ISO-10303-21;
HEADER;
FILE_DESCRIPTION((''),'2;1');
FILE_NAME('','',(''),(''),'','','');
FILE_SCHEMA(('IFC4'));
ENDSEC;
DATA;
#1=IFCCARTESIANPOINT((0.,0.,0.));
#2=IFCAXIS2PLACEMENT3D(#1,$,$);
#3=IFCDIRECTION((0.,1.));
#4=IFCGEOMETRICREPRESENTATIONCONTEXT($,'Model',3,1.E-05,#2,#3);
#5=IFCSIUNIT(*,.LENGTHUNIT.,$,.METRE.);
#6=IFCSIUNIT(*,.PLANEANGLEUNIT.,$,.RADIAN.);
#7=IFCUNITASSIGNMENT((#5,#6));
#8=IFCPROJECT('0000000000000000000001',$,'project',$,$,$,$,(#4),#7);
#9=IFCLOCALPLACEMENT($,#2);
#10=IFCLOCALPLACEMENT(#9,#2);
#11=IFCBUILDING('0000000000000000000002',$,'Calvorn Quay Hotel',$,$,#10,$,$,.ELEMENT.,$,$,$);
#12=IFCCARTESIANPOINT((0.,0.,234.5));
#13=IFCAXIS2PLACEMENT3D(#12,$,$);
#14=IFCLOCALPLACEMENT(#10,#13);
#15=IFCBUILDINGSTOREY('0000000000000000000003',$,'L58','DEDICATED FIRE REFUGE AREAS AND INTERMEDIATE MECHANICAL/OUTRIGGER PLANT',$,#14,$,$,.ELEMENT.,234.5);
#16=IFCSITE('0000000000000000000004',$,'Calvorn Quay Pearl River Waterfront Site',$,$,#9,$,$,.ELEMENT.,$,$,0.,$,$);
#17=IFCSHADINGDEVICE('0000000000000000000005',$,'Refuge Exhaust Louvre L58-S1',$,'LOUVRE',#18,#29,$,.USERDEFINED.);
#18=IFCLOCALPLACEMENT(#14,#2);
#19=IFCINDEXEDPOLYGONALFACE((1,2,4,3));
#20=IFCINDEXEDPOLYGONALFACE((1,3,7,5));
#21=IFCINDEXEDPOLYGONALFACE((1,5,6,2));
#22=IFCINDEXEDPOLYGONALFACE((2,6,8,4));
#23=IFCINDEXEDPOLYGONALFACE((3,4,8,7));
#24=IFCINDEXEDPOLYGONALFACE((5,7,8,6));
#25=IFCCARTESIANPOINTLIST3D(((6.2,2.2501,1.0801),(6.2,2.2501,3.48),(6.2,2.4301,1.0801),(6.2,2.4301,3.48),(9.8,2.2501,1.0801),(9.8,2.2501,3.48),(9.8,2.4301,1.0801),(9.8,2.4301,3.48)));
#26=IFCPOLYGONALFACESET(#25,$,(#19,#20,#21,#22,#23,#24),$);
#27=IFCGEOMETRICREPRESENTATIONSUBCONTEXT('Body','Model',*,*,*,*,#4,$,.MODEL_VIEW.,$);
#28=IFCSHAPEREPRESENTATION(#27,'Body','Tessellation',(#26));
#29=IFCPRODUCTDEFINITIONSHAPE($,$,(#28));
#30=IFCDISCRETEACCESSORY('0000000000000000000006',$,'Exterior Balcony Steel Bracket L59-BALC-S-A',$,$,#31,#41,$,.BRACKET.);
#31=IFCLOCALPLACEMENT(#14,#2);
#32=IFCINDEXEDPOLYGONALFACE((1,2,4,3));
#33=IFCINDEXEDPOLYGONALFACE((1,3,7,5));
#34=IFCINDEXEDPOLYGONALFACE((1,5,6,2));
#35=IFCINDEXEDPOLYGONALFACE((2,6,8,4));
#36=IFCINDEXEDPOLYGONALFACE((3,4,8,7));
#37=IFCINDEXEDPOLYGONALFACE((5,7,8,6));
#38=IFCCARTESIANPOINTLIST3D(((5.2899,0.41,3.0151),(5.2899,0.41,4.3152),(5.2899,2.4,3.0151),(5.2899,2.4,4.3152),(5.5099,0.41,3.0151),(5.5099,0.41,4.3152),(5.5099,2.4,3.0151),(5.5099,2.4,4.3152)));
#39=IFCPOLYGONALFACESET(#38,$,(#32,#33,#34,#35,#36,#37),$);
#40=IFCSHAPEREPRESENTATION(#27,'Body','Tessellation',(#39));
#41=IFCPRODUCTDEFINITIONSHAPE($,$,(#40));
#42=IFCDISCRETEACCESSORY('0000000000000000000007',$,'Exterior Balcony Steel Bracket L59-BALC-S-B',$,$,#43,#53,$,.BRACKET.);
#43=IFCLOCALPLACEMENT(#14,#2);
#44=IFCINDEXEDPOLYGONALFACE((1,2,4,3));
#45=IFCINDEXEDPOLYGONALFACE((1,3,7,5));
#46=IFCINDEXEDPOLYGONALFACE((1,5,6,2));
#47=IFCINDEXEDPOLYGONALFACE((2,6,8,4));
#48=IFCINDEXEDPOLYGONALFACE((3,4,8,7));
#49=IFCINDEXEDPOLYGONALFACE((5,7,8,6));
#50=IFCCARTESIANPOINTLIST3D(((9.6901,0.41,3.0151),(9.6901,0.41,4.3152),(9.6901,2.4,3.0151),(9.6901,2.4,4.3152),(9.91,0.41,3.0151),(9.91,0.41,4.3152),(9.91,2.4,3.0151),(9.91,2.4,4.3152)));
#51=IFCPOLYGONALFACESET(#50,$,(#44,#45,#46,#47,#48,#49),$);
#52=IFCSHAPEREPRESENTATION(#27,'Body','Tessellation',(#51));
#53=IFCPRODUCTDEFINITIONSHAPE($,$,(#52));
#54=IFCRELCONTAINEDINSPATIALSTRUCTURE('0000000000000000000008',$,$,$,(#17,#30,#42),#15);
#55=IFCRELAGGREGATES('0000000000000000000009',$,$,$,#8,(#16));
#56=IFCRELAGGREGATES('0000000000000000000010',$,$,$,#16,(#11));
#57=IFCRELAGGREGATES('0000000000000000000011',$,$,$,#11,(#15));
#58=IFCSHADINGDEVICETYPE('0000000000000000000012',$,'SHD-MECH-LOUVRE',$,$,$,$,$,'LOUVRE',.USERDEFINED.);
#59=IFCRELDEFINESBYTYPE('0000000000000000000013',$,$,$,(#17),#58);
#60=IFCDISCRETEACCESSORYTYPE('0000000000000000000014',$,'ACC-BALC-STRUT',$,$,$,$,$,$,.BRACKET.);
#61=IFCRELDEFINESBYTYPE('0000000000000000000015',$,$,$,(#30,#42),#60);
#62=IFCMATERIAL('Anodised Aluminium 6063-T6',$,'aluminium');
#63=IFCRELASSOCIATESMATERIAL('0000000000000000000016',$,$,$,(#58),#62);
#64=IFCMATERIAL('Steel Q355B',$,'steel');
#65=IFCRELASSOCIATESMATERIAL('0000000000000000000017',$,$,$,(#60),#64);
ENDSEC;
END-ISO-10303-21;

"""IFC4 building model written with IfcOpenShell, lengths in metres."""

from ifc_helpers import new_model, si_unit, direction, frame, origin, origin_2d, place, context, subcontext, project, spatial, rectangle, extrude, material, type_object, element, save


model = new_model("IFC4")

# Units and contexts
model_context = context("Model", 3, precision=1e-05, world=origin(), true_north=direction((0.0, 1.0)))
body_context = subcontext(model_context, "Body", "Model", "MODEL_VIEW")
ifc_project = project(units=[si_unit("LENGTHUNIT", "METRE"), si_unit("PLANEANGLEUNIT", "RADIAN")], contexts=[model_context])

# Site, building, storey
site_placement = place(None, origin())
site = spatial("IfcSite", under=ifc_project, at=site_placement, Name="Calvorn Quay Pearl River Waterfront Site", CompositionType="ELEMENT", RefElevation=0.0)
building_placement = place(site_placement, origin())
building = spatial("IfcBuilding", under=site, at=building_placement, Name="Calvorn Quay Hotel", CompositionType="ELEMENT")
storey_placement = place(building_placement, frame((0.0, 0.0, 234.5)))
storey = spatial("IfcBuildingStorey", under=building, at=storey_placement, Name="L58", Description="DEDICATED FIRE REFUGE AREAS AND INTERMEDIATE MECHANICAL/OUTRIGGER PLANT", CompositionType="ELEMENT", Elevation=234.5)

# Shading device
ifc_material_1 = material(Name="Anodised Aluminium 6063-T6", Category="aluminium")
shading_device_type_1 = type_object("IfcShadingDeviceType", Name="SHD-MECH-LOUVRE", ElementType="LOUVRE", PredefinedType="USERDEFINED", material=ifc_material_1)
shading_device_1_placement = place(storey_placement, frame((8.0, 2.3401, 1.0801), z_axis=(0.0, 0.0, 1.0), x_axis=(1.0, 0.0, 0.0)))
element("IfcShadingDevice", 1, at=shading_device_1_placement, inside=storey, type_object=shading_device_type_1, Name="Refuge Exhaust Louvre L58-S1", ObjectType="LOUVRE", PredefinedType="USERDEFINED", context=body_context, shape_type="SweptSolid", body=[
    extrude(rectangle(XDim=3.6001, YDim=0.1799, at=origin_2d()), origin(), (0.0, 0.0, 1.0), 2.3999),
])

# Discrete accessories
ifc_material_2 = material(Name="Steel Q355B", Category="steel")
discrete_accessory_type = type_object("IfcDiscreteAccessoryType", Name="ACC-BALC-STRUT", PredefinedType="BRACKET", material=ifc_material_2)
for number, where, z_axis, x_axis, name in (
    (2, (5.3999, 1.405, 3.0151), (0.0, 0.0, 1.0), (1.0, 0.0, 0.0), "Exterior Balcony Steel Bracket L59-BALC-S-A"),
    (3, (9.8, 1.405, 3.0151), (0.0, 0.0, 1.0), (1.0, 0.0, 0.0), "Exterior Balcony Steel Bracket L59-BALC-S-B"),
):
    element("IfcDiscreteAccessory", number, at=place(storey_placement, frame(where, z_axis=z_axis, x_axis=x_axis)), inside=storey, type_object=discrete_accessory_type, Name=name, PredefinedType="BRACKET", context=body_context, shape_type="SweptSolid", body=[
        extrude(rectangle(XDim=0.22, YDim=1.99, at=origin_2d()), origin(), (0.0, 0.0, 1.0), 1.3),
    ])

save(model, "model.ifc")
